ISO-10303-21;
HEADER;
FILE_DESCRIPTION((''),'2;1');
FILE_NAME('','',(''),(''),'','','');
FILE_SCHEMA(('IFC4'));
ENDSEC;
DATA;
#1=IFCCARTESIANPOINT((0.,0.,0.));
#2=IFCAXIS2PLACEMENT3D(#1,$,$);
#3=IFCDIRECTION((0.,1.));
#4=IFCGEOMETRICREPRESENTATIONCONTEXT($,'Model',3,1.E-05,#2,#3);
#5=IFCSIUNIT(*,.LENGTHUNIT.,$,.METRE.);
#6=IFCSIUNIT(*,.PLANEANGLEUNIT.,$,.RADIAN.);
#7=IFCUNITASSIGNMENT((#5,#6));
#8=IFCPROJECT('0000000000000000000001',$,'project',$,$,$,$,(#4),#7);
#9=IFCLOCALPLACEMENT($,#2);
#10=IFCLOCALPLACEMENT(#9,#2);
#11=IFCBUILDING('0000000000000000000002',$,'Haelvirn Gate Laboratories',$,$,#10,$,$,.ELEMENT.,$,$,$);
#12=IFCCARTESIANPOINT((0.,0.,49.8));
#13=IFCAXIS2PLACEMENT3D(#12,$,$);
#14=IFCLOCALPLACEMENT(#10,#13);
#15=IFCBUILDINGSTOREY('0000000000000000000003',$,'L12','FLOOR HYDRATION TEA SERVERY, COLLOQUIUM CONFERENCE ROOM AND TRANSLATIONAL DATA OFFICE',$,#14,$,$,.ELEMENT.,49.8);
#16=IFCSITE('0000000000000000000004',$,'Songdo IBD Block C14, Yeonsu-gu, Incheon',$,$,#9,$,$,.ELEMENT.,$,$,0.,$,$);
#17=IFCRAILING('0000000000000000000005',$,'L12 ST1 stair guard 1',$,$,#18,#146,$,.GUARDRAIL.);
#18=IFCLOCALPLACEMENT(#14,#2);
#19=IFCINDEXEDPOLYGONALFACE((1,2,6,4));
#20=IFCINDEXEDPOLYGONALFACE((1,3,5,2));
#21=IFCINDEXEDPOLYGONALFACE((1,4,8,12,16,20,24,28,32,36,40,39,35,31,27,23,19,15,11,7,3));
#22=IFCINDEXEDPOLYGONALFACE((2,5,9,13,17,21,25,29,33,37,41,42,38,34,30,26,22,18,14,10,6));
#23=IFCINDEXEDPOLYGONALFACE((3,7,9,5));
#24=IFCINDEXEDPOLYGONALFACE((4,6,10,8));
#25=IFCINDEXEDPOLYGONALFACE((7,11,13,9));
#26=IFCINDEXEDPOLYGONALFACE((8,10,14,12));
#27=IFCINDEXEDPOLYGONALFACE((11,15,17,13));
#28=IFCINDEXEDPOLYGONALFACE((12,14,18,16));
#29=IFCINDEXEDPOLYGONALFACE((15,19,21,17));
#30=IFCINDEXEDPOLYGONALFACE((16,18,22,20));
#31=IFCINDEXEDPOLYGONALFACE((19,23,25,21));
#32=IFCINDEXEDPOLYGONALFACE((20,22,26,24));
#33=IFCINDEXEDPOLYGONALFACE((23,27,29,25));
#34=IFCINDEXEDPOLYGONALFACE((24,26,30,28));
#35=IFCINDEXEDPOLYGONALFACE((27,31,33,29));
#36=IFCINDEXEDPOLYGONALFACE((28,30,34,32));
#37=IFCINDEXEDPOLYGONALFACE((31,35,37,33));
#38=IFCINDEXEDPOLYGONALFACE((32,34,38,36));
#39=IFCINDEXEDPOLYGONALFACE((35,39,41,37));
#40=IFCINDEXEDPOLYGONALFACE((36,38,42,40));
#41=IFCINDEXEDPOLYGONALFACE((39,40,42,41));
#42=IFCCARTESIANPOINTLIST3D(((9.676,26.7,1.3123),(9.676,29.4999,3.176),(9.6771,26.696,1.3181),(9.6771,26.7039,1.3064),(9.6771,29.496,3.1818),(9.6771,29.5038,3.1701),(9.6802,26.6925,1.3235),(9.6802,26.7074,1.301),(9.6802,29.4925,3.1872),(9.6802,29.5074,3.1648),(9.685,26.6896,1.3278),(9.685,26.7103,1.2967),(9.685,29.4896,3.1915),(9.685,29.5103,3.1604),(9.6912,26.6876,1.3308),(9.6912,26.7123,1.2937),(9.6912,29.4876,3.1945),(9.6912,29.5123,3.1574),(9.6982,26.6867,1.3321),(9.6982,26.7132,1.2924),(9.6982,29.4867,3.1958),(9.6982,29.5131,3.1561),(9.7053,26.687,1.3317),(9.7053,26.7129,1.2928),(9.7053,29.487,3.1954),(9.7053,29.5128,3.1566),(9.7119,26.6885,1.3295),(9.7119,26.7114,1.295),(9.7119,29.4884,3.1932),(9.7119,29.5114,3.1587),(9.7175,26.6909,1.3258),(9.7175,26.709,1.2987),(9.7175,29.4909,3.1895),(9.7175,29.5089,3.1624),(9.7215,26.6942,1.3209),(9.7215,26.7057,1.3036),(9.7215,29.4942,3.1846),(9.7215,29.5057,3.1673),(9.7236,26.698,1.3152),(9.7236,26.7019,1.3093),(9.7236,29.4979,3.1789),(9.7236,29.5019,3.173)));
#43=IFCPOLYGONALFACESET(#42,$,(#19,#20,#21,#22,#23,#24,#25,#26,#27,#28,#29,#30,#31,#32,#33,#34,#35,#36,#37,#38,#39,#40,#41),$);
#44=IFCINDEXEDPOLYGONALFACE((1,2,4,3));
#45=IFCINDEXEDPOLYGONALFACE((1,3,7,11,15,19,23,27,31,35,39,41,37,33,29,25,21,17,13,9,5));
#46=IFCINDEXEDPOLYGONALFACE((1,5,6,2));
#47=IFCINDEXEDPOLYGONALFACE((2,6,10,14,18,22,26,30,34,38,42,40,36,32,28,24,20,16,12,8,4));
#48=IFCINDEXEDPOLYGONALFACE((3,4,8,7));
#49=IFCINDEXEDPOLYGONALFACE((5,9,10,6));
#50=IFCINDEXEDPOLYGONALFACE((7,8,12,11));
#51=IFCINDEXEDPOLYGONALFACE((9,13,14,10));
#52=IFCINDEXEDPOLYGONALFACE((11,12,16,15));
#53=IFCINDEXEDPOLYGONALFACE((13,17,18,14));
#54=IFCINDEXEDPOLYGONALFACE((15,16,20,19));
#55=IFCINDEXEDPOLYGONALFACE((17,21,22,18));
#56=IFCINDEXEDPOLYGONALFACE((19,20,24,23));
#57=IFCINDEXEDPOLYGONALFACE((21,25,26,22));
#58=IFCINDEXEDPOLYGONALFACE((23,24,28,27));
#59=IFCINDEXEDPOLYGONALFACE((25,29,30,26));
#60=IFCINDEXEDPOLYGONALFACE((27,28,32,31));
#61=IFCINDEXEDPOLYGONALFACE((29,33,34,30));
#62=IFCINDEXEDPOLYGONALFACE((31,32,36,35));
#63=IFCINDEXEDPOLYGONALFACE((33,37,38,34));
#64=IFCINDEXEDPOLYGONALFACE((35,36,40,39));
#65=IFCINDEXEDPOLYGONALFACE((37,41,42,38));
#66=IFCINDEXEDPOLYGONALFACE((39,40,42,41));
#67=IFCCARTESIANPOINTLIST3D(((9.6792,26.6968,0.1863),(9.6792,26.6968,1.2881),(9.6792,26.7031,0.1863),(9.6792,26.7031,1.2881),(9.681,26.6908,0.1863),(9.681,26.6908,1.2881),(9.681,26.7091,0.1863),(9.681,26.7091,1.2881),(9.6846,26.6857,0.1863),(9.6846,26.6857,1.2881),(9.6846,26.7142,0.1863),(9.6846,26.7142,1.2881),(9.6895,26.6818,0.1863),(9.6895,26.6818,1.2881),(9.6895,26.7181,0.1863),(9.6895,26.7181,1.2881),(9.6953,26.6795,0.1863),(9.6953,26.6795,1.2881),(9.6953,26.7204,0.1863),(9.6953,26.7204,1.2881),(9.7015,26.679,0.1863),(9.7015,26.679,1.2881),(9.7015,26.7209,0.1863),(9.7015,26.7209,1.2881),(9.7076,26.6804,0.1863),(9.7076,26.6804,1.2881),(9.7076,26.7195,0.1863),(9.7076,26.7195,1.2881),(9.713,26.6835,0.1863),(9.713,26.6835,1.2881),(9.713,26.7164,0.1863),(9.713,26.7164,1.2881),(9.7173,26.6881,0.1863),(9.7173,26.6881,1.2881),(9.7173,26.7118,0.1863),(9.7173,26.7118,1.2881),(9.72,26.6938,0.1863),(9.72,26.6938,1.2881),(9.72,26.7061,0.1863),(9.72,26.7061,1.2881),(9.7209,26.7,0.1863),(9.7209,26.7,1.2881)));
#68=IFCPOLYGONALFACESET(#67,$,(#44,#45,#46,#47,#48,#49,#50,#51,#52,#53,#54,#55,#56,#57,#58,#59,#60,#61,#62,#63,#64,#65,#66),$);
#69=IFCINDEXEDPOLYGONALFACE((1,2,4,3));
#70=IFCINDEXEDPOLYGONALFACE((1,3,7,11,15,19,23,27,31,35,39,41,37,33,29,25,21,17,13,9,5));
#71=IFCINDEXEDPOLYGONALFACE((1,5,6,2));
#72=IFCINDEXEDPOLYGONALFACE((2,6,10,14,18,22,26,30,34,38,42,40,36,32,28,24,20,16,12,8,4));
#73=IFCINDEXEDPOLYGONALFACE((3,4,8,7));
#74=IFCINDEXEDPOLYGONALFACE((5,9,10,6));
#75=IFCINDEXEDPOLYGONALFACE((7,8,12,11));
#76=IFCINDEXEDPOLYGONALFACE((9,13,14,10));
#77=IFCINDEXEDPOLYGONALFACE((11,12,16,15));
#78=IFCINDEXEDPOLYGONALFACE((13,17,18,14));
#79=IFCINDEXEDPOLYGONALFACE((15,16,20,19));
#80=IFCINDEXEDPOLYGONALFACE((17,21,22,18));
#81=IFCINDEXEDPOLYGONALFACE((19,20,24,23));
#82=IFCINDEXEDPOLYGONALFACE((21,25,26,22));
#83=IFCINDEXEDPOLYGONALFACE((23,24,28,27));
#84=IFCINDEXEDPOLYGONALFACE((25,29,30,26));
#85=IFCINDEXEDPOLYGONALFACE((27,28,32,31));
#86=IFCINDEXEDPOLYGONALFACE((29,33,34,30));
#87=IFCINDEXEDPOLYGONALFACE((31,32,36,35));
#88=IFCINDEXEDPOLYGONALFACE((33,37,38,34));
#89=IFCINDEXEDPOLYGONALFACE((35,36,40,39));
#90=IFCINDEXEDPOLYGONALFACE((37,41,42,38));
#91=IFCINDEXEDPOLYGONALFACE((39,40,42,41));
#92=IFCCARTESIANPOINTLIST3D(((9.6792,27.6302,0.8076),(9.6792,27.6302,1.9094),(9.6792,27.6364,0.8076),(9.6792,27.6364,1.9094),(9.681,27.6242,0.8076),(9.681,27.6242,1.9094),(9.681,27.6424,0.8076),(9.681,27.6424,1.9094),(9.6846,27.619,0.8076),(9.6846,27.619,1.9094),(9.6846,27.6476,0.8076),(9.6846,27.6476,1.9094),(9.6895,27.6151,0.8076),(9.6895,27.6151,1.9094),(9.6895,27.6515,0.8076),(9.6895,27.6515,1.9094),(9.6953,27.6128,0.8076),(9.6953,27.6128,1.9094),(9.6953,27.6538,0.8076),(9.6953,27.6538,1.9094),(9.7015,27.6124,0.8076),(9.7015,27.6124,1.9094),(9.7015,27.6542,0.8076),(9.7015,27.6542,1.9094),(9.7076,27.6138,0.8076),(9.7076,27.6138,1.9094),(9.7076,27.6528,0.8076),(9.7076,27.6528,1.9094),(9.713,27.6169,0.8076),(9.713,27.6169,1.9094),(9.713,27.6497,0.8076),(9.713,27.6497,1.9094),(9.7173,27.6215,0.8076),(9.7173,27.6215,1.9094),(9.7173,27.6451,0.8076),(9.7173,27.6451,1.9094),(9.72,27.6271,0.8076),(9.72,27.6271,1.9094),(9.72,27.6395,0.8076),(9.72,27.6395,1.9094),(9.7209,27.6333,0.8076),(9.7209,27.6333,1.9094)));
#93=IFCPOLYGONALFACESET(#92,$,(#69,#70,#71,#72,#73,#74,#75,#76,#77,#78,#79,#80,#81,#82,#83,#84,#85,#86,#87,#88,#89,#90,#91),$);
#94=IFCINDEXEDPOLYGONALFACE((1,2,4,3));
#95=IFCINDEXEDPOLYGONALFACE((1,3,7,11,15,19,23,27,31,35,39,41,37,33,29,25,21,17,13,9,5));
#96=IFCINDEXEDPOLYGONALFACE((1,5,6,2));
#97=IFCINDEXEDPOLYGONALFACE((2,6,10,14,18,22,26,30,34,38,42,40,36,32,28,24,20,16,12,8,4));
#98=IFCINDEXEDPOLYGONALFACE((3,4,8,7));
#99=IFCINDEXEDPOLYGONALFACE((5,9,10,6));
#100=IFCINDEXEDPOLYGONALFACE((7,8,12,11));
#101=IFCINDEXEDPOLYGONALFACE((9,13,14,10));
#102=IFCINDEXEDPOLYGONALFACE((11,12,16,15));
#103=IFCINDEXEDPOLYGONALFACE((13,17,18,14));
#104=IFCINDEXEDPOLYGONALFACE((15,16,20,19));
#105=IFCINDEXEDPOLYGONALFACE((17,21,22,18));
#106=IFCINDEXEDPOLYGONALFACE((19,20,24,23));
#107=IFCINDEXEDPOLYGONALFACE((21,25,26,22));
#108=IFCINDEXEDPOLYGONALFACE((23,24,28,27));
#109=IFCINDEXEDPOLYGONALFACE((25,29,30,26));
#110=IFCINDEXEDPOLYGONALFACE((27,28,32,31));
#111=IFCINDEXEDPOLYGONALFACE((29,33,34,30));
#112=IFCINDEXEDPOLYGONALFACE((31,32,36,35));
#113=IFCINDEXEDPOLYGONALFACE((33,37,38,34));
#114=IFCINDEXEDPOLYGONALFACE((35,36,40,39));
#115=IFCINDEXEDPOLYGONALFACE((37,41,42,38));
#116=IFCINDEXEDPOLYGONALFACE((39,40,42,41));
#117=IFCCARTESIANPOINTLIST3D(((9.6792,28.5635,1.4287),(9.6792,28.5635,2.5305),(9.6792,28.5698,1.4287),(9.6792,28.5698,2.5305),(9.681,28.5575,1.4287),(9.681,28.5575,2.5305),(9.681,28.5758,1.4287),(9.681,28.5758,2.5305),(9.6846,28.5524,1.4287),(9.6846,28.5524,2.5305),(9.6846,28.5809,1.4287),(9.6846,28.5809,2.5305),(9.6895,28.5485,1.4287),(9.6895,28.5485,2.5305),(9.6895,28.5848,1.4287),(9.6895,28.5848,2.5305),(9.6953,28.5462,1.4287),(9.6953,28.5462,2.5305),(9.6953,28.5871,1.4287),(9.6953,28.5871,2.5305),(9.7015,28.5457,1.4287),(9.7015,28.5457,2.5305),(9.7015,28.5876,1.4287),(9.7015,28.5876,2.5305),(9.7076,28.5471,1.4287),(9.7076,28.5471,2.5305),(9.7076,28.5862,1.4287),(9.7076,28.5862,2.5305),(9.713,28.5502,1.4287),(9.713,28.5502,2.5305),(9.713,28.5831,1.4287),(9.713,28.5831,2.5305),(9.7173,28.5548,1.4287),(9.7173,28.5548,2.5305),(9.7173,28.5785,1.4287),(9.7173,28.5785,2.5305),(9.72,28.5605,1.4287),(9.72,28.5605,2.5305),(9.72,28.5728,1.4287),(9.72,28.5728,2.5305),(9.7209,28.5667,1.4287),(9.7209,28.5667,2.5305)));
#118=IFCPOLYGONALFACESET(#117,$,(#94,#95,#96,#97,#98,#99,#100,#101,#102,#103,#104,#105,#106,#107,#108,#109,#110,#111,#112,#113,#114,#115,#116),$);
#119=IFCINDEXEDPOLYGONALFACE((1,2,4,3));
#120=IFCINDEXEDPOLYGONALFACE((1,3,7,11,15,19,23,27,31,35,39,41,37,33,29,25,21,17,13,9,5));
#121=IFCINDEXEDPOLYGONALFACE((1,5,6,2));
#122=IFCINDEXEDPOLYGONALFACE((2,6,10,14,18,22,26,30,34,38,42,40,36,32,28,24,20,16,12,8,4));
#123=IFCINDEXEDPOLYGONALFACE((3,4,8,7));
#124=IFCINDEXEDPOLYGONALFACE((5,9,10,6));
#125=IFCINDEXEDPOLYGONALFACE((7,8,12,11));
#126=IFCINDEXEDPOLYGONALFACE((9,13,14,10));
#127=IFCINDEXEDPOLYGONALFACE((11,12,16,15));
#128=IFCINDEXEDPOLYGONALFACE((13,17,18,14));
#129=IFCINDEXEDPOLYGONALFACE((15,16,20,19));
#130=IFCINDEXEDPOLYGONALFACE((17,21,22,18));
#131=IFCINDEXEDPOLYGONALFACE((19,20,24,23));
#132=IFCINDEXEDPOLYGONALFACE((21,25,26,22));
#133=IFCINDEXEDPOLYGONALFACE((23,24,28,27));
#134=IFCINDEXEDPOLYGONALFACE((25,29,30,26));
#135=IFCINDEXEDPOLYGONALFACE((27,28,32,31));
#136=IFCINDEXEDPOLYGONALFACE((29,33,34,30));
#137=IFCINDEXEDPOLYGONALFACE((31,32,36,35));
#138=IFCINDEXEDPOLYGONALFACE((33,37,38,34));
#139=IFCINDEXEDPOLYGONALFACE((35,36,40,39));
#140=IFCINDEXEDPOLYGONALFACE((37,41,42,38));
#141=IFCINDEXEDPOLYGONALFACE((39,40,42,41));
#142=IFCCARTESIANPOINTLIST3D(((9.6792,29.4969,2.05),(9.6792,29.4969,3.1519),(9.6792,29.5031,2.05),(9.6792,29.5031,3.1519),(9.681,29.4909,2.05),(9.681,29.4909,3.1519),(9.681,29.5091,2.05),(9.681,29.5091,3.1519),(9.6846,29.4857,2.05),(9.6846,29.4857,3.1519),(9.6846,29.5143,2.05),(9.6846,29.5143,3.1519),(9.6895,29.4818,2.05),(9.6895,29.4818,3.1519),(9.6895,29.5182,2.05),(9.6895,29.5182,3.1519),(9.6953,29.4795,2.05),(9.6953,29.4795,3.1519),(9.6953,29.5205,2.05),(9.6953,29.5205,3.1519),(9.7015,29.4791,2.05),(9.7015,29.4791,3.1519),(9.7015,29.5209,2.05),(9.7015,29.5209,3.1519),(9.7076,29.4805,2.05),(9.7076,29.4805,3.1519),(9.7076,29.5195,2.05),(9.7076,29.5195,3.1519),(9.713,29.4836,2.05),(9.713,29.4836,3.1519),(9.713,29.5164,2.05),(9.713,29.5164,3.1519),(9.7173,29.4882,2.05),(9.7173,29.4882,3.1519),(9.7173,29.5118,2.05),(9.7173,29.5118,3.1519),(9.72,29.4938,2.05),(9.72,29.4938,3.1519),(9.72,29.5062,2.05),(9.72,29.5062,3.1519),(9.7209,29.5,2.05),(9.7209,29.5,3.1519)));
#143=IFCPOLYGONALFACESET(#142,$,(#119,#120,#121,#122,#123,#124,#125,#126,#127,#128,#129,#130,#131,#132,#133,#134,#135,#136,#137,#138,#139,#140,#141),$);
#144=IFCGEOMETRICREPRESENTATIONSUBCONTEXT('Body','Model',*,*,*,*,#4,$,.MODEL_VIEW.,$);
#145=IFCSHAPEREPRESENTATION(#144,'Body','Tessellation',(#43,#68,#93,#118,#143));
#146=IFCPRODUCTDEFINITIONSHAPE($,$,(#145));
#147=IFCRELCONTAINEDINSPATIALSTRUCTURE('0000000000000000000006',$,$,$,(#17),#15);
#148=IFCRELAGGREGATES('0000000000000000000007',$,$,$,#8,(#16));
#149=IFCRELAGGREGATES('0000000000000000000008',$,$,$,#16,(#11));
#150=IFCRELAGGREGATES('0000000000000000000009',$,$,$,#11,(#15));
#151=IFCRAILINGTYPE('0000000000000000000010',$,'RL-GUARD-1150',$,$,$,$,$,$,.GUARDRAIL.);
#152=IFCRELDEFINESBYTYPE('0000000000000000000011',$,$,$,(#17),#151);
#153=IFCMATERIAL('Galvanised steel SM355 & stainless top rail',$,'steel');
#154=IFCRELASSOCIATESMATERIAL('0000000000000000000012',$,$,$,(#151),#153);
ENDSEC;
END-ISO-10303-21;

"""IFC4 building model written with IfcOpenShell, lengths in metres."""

from ifc_helpers import new_model, si_unit, direction, frame, origin, origin_2d, place, context, subcontext, project, spatial, circle, extrude, source, transform, mapped, material, type_object, element, save


model = new_model("IFC4")

# Units and contexts
model_context = context("Model", 3, precision=1e-05, world=origin(), true_north=direction((0.0, 1.0)))
body_context = subcontext(model_context, "Body", "Model", "MODEL_VIEW")
ifc_project = project(units=[si_unit("LENGTHUNIT", "METRE"), si_unit("PLANEANGLEUNIT", "RADIAN")], contexts=[model_context])

# Site, building, storey
site_placement = place(None, origin())
site = spatial("IfcSite", under=ifc_project, at=site_placement, Name="Songdo IBD Block C14, Yeonsu-gu, Incheon", CompositionType="ELEMENT", RefElevation=0.0)
building_placement = place(site_placement, origin())
building = spatial("IfcBuilding", under=site, at=building_placement, Name="Haelvirn Gate Laboratories", CompositionType="ELEMENT")
storey_placement = place(building_placement, frame((0.0, 0.0, 49.8)))
storey = spatial("IfcBuildingStorey", under=building, at=storey_placement, Name="L12", Description="FLOOR HYDRATION TEA SERVERY, COLLOQUIUM CONFERENCE ROOM AND TRANSLATIONAL DATA OFFICE", CompositionType="ELEMENT", Elevation=49.8)

# Railing
ifc_material_1 = material(Name="Galvanised steel SM355 & stainless top rail", Category="steel")
railing_type_1 = type_object("IfcRailingType", Name="RL-GUARD-1150", PredefinedType="GUARDRAIL", material=ifc_material_1)
shared_shape_1 = source(origin(), body_context, "Body", "SweptSolid", [
    extrude(circle(Radius=0.0239, at=origin_2d()), frame((0.0, 0.0, 1.126), z_axis=(0.0, 0.832452, 0.554097), x_axis=(-1.0, 0.0, 0.0)), (0.0, 0.0, 1.0), 3.3635),
    extrude(circle(Radius=0.021, at=origin_2d()), origin(), (0.0, 0.0, 1.0), 1.1018),
    extrude(circle(Radius=0.021, at=origin_2d()), frame((0.0, 0.9333, 0.6213)), (0.0, 0.0, 1.0), 1.1018),
    extrude(circle(Radius=0.021, at=origin_2d()), frame((0.0, 1.8667, 1.2424)), (0.0, 0.0, 1.0), 1.1018),
    extrude(circle(Radius=0.021, at=origin_2d()), frame((0.0, 2.8, 1.8638)), (0.0, 0.0, 1.0), 1.1018),
])
railing_1_placement = place(storey_placement, frame((9.7, 26.7, 0.1863)))
element("IfcRailing", 1, at=railing_1_placement, inside=storey, type_object=railing_type_1, Name="L12 ST1 stair guard 1", PredefinedType="GUARDRAIL", context=body_context, shape_type="MappedRepresentation", body=[
    mapped(shared_shape_1, transform((0.0, 0.0, 0.0), scale=1.0)),
])

save(model, "model.ifc")
